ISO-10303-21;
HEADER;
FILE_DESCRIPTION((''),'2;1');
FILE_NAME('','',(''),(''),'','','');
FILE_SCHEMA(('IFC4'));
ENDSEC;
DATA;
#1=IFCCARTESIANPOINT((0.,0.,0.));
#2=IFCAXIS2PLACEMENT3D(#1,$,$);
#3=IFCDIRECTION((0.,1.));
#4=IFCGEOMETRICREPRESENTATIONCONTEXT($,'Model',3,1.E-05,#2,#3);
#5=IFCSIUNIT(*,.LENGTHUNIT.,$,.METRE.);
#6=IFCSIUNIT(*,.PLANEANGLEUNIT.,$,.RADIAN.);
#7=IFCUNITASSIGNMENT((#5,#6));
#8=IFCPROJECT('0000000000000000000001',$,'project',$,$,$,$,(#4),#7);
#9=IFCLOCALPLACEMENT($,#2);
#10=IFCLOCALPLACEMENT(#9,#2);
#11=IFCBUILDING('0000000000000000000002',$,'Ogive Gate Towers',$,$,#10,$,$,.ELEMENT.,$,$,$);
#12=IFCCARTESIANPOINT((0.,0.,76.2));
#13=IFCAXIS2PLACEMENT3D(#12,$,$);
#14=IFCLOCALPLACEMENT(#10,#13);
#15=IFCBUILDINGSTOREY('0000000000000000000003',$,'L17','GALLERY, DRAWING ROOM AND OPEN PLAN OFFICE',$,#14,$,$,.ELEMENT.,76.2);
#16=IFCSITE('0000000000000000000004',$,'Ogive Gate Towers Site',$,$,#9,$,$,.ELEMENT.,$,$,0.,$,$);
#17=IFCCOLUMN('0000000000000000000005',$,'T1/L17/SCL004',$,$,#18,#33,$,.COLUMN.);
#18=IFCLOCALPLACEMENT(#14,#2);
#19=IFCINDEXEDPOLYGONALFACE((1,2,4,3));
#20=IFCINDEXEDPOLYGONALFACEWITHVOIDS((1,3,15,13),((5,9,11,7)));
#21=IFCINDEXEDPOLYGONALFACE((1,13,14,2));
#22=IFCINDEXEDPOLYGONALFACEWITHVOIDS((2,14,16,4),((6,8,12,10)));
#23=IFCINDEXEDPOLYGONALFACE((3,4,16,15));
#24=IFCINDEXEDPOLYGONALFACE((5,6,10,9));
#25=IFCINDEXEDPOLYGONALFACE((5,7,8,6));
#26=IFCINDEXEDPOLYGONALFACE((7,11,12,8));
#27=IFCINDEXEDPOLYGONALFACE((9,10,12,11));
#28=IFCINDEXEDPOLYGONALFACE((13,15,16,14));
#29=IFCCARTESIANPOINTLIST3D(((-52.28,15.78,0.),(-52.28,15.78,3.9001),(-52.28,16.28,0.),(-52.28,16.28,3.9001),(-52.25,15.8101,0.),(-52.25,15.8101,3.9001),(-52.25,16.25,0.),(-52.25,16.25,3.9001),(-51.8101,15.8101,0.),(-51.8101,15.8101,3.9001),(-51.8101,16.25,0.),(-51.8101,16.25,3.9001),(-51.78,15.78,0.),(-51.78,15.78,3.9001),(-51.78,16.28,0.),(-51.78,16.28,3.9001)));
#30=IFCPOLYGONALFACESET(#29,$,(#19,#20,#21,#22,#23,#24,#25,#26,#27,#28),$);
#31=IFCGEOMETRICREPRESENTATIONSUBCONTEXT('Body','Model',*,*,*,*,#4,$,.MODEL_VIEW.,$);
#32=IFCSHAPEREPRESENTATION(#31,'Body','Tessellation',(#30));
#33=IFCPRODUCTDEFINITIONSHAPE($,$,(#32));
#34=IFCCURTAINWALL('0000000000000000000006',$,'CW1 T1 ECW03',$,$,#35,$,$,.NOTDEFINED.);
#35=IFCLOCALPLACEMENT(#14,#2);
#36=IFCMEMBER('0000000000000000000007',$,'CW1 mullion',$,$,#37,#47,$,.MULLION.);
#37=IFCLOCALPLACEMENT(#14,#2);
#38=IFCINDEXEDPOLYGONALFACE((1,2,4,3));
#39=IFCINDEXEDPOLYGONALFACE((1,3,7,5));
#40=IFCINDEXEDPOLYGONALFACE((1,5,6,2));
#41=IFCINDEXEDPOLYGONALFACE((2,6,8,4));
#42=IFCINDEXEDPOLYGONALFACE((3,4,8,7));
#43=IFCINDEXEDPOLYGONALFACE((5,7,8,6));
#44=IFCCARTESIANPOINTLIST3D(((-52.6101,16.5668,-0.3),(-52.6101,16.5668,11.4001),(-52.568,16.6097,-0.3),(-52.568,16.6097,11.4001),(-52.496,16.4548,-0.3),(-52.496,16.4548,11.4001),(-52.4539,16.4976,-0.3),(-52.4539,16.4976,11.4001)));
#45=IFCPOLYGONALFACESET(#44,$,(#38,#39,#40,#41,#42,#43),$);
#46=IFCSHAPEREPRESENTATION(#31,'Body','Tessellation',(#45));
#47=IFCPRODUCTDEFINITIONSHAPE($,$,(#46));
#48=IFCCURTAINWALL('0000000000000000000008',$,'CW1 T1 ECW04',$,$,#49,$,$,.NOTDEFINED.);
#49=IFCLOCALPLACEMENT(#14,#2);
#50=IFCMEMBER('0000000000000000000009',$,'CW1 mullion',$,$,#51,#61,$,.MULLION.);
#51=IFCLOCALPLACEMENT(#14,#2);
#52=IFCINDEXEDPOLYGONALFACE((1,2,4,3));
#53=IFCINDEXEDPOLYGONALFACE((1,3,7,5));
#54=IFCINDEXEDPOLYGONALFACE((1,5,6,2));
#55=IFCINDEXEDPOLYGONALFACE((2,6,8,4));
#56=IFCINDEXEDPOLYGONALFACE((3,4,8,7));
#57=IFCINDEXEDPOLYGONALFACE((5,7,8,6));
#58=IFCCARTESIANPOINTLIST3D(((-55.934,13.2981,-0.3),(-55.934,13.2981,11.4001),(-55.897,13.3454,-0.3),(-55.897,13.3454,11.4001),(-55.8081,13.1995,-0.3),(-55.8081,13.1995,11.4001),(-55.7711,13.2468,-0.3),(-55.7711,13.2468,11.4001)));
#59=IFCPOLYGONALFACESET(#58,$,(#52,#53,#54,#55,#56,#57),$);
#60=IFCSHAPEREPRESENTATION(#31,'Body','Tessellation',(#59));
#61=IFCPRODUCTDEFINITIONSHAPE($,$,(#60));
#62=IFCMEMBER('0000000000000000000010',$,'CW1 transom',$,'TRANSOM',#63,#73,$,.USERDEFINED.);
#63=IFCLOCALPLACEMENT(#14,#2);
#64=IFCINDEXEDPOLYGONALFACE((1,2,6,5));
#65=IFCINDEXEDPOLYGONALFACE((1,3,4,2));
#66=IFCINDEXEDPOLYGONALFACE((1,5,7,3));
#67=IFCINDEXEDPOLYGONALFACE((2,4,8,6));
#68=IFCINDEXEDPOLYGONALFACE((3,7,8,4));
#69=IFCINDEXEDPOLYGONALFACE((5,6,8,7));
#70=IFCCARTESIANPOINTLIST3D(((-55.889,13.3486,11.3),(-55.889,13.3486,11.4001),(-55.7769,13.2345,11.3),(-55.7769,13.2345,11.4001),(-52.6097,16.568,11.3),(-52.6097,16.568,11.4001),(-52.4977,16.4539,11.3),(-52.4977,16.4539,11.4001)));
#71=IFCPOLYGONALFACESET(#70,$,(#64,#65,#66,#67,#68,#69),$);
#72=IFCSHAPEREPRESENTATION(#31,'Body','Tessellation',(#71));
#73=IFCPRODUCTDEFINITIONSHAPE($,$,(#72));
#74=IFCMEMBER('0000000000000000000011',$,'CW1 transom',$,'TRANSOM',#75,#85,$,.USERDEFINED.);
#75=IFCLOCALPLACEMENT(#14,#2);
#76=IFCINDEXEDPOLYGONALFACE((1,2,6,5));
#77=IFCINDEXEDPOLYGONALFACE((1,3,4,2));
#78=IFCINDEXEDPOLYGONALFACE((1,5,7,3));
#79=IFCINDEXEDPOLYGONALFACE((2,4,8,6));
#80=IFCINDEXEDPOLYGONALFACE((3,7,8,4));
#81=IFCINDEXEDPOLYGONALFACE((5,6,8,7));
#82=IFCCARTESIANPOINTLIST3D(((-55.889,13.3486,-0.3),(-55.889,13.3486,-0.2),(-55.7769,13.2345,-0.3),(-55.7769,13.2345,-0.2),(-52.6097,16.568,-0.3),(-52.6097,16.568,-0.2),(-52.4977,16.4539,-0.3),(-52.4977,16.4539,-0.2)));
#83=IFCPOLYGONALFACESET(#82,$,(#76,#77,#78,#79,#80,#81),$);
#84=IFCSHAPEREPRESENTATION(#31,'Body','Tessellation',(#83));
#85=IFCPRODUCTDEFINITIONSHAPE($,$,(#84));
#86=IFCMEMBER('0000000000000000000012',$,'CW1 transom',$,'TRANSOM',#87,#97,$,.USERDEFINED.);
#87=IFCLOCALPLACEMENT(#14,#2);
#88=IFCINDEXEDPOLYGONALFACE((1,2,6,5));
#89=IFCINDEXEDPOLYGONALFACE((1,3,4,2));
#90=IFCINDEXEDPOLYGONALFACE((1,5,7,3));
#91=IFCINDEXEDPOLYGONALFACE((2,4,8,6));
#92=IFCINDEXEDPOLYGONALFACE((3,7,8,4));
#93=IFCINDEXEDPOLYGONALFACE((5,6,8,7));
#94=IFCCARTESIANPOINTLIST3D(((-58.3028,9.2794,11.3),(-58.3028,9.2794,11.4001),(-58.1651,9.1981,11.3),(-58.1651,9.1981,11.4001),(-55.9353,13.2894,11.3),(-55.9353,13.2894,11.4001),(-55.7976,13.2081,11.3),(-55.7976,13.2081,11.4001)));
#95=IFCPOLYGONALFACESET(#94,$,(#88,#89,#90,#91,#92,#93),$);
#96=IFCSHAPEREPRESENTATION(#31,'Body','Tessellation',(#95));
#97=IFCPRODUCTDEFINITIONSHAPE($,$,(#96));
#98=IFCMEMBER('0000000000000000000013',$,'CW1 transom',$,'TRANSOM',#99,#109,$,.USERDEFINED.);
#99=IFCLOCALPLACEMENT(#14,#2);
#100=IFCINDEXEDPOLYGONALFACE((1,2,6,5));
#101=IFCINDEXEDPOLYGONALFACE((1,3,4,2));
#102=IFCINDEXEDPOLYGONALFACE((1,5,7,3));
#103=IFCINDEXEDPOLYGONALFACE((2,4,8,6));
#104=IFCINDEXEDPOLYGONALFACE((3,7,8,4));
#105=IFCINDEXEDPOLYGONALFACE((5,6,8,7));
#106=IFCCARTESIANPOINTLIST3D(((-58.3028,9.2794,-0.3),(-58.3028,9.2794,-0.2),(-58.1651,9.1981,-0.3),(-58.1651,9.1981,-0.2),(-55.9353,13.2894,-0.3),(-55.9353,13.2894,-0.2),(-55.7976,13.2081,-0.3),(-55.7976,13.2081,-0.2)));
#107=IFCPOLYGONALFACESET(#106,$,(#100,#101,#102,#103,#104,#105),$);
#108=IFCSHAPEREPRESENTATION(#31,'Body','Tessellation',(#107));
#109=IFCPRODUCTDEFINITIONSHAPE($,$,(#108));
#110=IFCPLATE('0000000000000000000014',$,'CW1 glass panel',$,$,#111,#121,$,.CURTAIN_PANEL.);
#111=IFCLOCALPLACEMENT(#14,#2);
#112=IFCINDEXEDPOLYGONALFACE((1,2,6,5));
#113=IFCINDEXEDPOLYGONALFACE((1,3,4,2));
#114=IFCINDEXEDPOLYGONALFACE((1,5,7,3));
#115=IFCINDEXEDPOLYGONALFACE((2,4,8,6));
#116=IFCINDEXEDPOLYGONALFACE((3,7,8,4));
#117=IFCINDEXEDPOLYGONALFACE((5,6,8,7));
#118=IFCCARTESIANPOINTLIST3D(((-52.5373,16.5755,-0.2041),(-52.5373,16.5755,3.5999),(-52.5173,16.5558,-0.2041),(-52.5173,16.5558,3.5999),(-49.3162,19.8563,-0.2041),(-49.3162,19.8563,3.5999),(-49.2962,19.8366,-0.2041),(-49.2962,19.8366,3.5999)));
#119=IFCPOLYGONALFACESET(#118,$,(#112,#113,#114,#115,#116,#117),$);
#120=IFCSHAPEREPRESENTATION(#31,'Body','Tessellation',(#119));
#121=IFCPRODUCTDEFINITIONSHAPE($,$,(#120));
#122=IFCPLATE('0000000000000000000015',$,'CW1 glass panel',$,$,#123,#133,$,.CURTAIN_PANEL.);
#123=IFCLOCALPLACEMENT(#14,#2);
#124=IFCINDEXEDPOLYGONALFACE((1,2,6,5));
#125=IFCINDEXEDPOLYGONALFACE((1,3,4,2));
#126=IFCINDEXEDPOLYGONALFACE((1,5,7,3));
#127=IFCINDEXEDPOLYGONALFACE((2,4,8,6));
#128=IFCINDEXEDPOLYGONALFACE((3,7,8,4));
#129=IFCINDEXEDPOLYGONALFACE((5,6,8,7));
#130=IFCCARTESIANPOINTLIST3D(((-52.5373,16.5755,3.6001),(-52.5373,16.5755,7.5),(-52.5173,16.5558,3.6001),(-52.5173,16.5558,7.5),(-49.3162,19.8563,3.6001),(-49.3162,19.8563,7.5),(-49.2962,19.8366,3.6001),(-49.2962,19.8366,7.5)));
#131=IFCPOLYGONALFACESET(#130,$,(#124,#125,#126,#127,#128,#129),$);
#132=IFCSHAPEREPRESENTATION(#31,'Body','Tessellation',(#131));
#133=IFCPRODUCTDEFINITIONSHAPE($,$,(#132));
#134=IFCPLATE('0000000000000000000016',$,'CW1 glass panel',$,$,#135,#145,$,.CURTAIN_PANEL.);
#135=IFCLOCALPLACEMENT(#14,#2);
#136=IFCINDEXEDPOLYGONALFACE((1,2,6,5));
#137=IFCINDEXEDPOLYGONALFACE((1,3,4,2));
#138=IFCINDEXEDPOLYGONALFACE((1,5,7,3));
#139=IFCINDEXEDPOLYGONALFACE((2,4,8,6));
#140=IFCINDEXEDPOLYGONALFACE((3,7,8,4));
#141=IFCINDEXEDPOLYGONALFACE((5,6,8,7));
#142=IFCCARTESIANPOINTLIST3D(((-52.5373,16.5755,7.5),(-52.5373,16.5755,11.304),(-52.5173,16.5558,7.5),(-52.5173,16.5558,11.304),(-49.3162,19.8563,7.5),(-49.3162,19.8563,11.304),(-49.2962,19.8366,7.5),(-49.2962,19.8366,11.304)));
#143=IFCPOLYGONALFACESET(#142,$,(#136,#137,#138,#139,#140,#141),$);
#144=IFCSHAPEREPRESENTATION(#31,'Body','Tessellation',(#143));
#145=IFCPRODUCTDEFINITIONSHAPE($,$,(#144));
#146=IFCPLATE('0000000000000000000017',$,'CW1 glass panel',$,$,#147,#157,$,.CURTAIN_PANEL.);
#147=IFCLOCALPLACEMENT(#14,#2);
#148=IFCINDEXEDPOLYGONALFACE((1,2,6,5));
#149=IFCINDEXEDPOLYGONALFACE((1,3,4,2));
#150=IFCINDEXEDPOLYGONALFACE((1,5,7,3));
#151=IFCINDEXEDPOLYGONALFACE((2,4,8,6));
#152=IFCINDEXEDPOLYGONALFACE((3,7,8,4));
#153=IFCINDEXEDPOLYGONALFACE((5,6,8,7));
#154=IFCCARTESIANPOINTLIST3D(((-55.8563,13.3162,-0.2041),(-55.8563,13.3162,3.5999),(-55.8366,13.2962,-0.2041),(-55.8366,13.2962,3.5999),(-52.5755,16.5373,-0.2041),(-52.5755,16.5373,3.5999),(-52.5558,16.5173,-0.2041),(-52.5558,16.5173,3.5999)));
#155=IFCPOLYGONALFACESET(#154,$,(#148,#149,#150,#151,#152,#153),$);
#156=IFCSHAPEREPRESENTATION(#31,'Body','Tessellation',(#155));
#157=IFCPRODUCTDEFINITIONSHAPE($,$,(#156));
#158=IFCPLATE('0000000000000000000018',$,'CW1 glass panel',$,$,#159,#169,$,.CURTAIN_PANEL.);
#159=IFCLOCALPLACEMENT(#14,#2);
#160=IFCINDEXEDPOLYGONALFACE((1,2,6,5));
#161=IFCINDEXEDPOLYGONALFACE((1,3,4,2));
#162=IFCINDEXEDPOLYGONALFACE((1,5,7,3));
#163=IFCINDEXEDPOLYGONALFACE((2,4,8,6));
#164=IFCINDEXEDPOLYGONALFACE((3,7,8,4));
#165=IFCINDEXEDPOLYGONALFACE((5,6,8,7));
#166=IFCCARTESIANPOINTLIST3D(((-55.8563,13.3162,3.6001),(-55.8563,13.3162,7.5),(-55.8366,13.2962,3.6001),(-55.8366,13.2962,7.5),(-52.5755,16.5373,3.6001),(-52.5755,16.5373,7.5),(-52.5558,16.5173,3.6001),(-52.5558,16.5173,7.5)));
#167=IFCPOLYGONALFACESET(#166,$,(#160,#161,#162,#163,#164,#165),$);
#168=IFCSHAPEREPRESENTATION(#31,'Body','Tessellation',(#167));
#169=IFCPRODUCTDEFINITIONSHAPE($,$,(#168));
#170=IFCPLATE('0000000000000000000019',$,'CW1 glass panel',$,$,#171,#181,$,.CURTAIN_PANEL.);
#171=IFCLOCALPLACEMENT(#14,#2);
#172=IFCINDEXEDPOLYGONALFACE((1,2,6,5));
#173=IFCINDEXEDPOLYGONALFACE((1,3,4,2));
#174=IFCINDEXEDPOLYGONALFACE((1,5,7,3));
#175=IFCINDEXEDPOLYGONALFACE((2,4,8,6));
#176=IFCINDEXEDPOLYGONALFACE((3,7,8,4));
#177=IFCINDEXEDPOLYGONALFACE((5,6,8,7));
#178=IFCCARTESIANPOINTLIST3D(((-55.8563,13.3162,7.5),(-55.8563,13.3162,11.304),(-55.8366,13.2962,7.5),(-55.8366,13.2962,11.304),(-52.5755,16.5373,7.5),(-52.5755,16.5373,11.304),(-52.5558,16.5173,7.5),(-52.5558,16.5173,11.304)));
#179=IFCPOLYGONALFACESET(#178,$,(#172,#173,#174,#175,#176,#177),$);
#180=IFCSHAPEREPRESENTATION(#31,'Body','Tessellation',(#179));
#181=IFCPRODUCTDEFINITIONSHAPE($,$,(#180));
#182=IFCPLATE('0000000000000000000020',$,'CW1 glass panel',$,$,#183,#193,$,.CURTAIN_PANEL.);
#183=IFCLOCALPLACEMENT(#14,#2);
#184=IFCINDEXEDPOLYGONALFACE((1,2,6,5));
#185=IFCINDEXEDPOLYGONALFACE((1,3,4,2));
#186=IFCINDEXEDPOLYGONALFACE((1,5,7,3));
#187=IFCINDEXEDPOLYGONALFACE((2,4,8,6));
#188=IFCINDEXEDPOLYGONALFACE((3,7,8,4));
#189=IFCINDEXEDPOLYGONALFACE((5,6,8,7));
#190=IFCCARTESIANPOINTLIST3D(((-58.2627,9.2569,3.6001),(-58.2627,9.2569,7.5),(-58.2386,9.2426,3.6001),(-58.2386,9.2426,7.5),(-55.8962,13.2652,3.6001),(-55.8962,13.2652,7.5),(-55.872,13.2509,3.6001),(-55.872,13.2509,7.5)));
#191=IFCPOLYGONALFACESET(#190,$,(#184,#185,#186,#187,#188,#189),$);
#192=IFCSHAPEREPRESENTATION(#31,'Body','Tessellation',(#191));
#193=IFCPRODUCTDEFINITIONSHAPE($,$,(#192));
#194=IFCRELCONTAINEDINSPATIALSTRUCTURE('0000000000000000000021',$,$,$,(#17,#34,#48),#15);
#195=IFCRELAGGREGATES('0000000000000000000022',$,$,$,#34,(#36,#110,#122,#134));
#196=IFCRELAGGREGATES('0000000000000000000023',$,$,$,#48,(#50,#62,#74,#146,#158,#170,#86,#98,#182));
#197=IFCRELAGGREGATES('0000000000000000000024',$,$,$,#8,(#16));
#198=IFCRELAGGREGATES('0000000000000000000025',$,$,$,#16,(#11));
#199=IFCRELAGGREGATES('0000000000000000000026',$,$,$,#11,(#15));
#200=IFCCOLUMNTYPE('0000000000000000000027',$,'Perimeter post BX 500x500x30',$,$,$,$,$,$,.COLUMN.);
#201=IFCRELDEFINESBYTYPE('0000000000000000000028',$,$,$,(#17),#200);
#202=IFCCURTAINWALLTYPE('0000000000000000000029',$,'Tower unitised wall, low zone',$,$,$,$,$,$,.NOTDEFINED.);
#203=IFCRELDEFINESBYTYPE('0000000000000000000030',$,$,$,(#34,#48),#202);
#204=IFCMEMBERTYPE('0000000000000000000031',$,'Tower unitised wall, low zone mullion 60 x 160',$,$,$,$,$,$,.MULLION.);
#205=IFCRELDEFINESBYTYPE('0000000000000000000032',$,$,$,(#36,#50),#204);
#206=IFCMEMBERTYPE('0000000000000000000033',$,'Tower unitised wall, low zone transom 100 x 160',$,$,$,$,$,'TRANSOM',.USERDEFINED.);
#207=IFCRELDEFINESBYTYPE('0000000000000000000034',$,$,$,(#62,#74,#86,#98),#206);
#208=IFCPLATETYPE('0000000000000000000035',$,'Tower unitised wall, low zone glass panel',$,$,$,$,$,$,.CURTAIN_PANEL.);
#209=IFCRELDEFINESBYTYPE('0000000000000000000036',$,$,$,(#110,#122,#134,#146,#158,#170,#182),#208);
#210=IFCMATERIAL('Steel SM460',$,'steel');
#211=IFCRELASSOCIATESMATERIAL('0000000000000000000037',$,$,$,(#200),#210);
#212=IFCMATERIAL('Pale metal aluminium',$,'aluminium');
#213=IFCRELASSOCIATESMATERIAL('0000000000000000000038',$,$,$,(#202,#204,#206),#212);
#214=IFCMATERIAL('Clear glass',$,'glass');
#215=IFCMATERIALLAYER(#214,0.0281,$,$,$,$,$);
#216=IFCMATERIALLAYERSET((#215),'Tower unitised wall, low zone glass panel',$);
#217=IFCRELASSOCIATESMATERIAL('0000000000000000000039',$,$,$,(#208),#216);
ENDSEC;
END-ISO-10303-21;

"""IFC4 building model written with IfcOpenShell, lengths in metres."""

from ifc_helpers import new_model, si_unit, direction, frame, origin, origin_2d, place, context, subcontext, project, spatial, rectangle, hollow_rectangle, extrude, material, layer, layer_set, material_profile, profile_set, type_object, element, aggregate, save


model = new_model("IFC4")

# Units and contexts
model_context = context("Model", 3, precision=1e-05, world=origin(), true_north=direction((0.0, 1.0)))
body_context = subcontext(model_context, "Body", "Model", "MODEL_VIEW")
ifc_project = project(units=[si_unit("LENGTHUNIT", "METRE"), si_unit("PLANEANGLEUNIT", "RADIAN")], contexts=[model_context])

# Site, building, storey
site_placement = place(None, origin())
site = spatial("IfcSite", under=ifc_project, at=site_placement, Name="Ogive Gate Towers Site", CompositionType="ELEMENT", RefElevation=0.0)
building_placement = place(site_placement, origin())
building = spatial("IfcBuilding", under=site, at=building_placement, Name="Ogive Gate Towers", CompositionType="ELEMENT")
storey_placement = place(building_placement, frame((0.0, 0.0, 76.2)))
storey = spatial("IfcBuildingStorey", under=building, at=storey_placement, Name="L17", Description="GALLERY, DRAWING ROOM AND OPEN PLAN OFFICE", CompositionType="ELEMENT", Elevation=76.2)

# Column
ifc_material_1 = material(Name="Steel SM460", Category="steel")
ifc_material_profile_1 = material_profile(ifc_material_1, hollow_rectangle(XDim=0.5, YDim=0.5, WallThickness=0.03, at=origin_2d()), Name="BX 500x500x30")
ifc_profile_set_1 = profile_set([ifc_material_profile_1], Name="Steel SM460")
column_type = type_object("IfcColumnType", Name="Perimeter post BX 500x500x30", PredefinedType="COLUMN", material=ifc_profile_set_1)
column_placement = place(storey_placement, frame((-52.03, 16.03, 0.0), z_axis=(0.0, 0.0, 1.0), x_axis=(1.0, 0.0, 0.0)))
element("IfcColumn", 1, at=column_placement, inside=storey, type_object=column_type, Name="T1/L17/SCL004", PredefinedType="COLUMN", context=body_context, shape_type="SweptSolid", body=[
    extrude(hollow_rectangle(XDim=0.5, YDim=0.5, WallThickness=0.03, at=origin_2d()), origin(), (0.0, 0.0, 1.0), 3.9001),
])

# Curtain wall, member
ifc_material_2 = material(Name="Pale metal aluminium", Category="aluminium")
curtain_wall_type = type_object("IfcCurtainWallType", Name="Tower unitised wall, low zone", PredefinedType="NOTDEFINED", material=ifc_material_2)
curtain_wall_1_placement = place(storey_placement, origin())
curtain_wall_1 = element("IfcCurtainWall", 2, at=curtain_wall_1_placement, inside=storey, type_object=curtain_wall_type, Name="CW1 T1 ECW03", PredefinedType="NOTDEFINED")
ifc_material_profile_2 = material_profile(ifc_material_2, rectangle(XDim=0.1599, YDim=0.0601, at=origin_2d()), Name="60 x 160 aluminium box")
ifc_profile_set_2 = profile_set([ifc_material_profile_2], Name="Pale metal aluminium")
member_type_1 = type_object("IfcMemberType", Name="Tower unitised wall, low zone mullion 60 x 160", PredefinedType="MULLION", material=ifc_profile_set_2)
member_1_placement = place(storey_placement, frame((-52.532, 16.5322, -0.3), z_axis=(0.0, 0.0, 1.0), x_axis=(-0.713568, 0.700586, 0.0)))
member_1 = element("IfcMember", 3, at=member_1_placement, type_object=member_type_1, Name="CW1 mullion", PredefinedType="MULLION", context=body_context, shape_type="SweptSolid", body=[
    extrude(rectangle(XDim=0.1599, YDim=0.0601, at=origin_2d()), origin(), (0.0, 0.0, 1.0), 11.7002),
])

# Curtain wall, members
curtain_wall_2_placement = place(storey_placement, origin())
curtain_wall_2 = element("IfcCurtainWall", 4, at=curtain_wall_2_placement, inside=storey, type_object=curtain_wall_type, Name="CW1 T1 ECW04", PredefinedType="NOTDEFINED")
member_2_placement = place(storey_placement, frame((-55.8525, 13.2725, -0.3), z_axis=(0.0, 0.0, 1.0), x_axis=(-0.787559, 0.616239, 0.0)))
member_2 = element("IfcMember", 5, at=member_2_placement, type_object=member_type_1, Name="CW1 mullion", PredefinedType="MULLION", context=body_context, shape_type="SweptSolid", body=[
    extrude(rectangle(XDim=0.1599, YDim=0.0601, at=origin_2d()), origin(), (0.0, 0.0, 1.0), 11.7002),
])
ifc_material_profile_3 = material_profile(ifc_material_2, rectangle(XDim=0.1599, YDim=0.1001, at=origin_2d()), Name="100 x 160 aluminium box")
ifc_profile_set_3 = profile_set([ifc_material_profile_3], Name="Pale metal aluminium")
member_type_2 = type_object("IfcMemberType", Name="Tower unitised wall, low zone transom 100 x 160", ElementType="TRANSOM", PredefinedType="USERDEFINED", material=ifc_profile_set_3)
member_3_placement = place(storey_placement, frame((-52.5537, 16.511, 11.3501), z_axis=(-0.713585, -0.700569, 0.0), x_axis=(0.700569, -0.713585, 0.0)))
member_3 = element("IfcMember", 6, at=member_3_placement, type_object=member_type_2, Name="CW1 transom", ObjectType="TRANSOM", PredefinedType="USERDEFINED", context=body_context, shape_type="SweptSolid", body=[
    extrude(rectangle(XDim=0.1599, YDim=0.1001, at=origin_2d()), origin(), (0.0, 0.0, 1.0), 4.5955),
])
member_4_placement = place(storey_placement, frame((-52.5537, 16.511, -0.25), z_axis=(-0.713585, -0.700569, 0.0), x_axis=(0.700569, -0.713585, 0.0)))
member_4 = element("IfcMember", 7, at=member_4_placement, type_object=member_type_2, Name="CW1 transom", ObjectType="TRANSOM", PredefinedType="USERDEFINED", context=body_context, shape_type="SweptSolid", body=[
    extrude(rectangle(XDim=0.1599, YDim=0.1001, at=origin_2d()), origin(), (0.0, 0.0, 1.0), 4.5955),
])
member_5_placement = place(storey_placement, frame((-55.8665, 13.2488, 11.3501), z_axis=(-0.508392, -0.861126, 0.0), x_axis=(0.861126, -0.508392, 0.0)))
member_5 = element("IfcMember", 8, at=member_5_placement, type_object=member_type_2, Name="CW1 transom", ObjectType="TRANSOM", PredefinedType="USERDEFINED", context=body_context, shape_type="SweptSolid", body=[
    extrude(rectangle(XDim=0.1599, YDim=0.1001, at=origin_2d()), origin(), (0.0, 0.0, 1.0), 4.6567),
])
member_6_placement = place(storey_placement, frame((-55.8665, 13.2488, -0.25), z_axis=(-0.508392, -0.861126, 0.0), x_axis=(0.861126, -0.508392, 0.0)))
member_6 = element("IfcMember", 9, at=member_6_placement, type_object=member_type_2, Name="CW1 transom", ObjectType="TRANSOM", PredefinedType="USERDEFINED", context=body_context, shape_type="SweptSolid", body=[
    extrude(rectangle(XDim=0.1599, YDim=0.1001, at=origin_2d()), origin(), (0.0, 0.0, 1.0), 4.6567),
])

# Plates
ifc_material_3 = material(Name="Clear glass", Category="glass")
ifc_layer_1 = layer(ifc_material_3, 0.0281)
ifc_layer_set_1 = layer_set([ifc_layer_1], Name="Tower unitised wall, low zone glass panel")
plate_type = type_object("IfcPlateType", Name="Tower unitised wall, low zone glass panel", PredefinedType="CURTAIN_PANEL", material=ifc_layer_set_1)
plate_1_placement = place(storey_placement, frame((-50.9167, 18.2061, -0.2041), z_axis=(0.0, 0.0, 1.0), x_axis=(-0.700586, -0.713568, 0.0)))
plate_1 = element("IfcPlate", 10, at=plate_1_placement, type_object=plate_type, Name="CW1 glass panel", PredefinedType="CURTAIN_PANEL", context=body_context, shape_type="SweptSolid", body=[
    extrude(rectangle(XDim=4.5977, YDim=0.0281, at=origin_2d()), origin(), (0.0, 0.0, 1.0), 3.804),
])
plate_2_placement = place(storey_placement, frame((-50.9167, 18.2061, 3.6001), z_axis=(0.0, 0.0, 1.0), x_axis=(-0.700586, -0.713568, 0.0)))
plate_2 = element("IfcPlate", 11, at=plate_2_placement, type_object=plate_type, Name="CW1 glass panel", PredefinedType="CURTAIN_PANEL", context=body_context, shape_type="SweptSolid", body=[
    extrude(rectangle(XDim=4.5977, YDim=0.0281, at=origin_2d()), origin(), (0.0, 0.0, 1.0), 3.8999),
])
plate_3_placement = place(storey_placement, frame((-50.9167, 18.2061, 7.5), z_axis=(0.0, 0.0, 1.0), x_axis=(-0.700586, -0.713568, 0.0)))
plate_3 = element("IfcPlate", 12, at=plate_3_placement, type_object=plate_type, Name="CW1 glass panel", PredefinedType="CURTAIN_PANEL", context=body_context, shape_type="SweptSolid", body=[
    extrude(rectangle(XDim=4.5977, YDim=0.0281, at=origin_2d()), origin(), (0.0, 0.0, 1.0), 3.804),
])
aggregate(curtain_wall_1, [member_1, plate_1, plate_2, plate_3])
plate_4_placement = place(storey_placement, frame((-54.2061, 14.9167, -0.2041), z_axis=(0.0, 0.0, 1.0), x_axis=(-0.713568, -0.700586, 0.0)))
plate_4 = element("IfcPlate", 13, at=plate_4_placement, type_object=plate_type, Name="CW1 glass panel", PredefinedType="CURTAIN_PANEL", context=body_context, shape_type="SweptSolid", body=[
    extrude(rectangle(XDim=4.5977, YDim=0.0281, at=origin_2d()), origin(), (0.0, 0.0, 1.0), 3.804),
])
plate_5_placement = place(storey_placement, frame((-54.2061, 14.9167, 3.6001), z_axis=(0.0, 0.0, 1.0), x_axis=(-0.713568, -0.700586, 0.0)))
plate_5 = element("IfcPlate", 14, at=plate_5_placement, type_object=plate_type, Name="CW1 glass panel", PredefinedType="CURTAIN_PANEL", context=body_context, shape_type="SweptSolid", body=[
    extrude(rectangle(XDim=4.5977, YDim=0.0281, at=origin_2d()), origin(), (0.0, 0.0, 1.0), 3.8999),
])
plate_6_placement = place(storey_placement, frame((-54.2061, 14.9167, 7.5), z_axis=(0.0, 0.0, 1.0), x_axis=(-0.713568, -0.700586, 0.0)))
plate_6 = element("IfcPlate", 15, at=plate_6_placement, type_object=plate_type, Name="CW1 glass panel", PredefinedType="CURTAIN_PANEL", context=body_context, shape_type="SweptSolid", body=[
    extrude(rectangle(XDim=4.5977, YDim=0.0281, at=origin_2d()), origin(), (0.0, 0.0, 1.0), 3.804),
])
plate_7_placement = place(storey_placement, frame((-57.0674, 11.2539, 3.6001), z_axis=(0.0, 0.0, 1.0), x_axis=(-0.50841, -0.861115, 0.0)))
plate_7 = element("IfcPlate", 16, at=plate_7_placement, type_object=plate_type, Name="CW1 glass panel", PredefinedType="CURTAIN_PANEL", context=body_context, shape_type="SweptSolid", body=[
    extrude(rectangle(XDim=4.6548, YDim=0.0281, at=origin_2d()), origin(), (0.0, 0.0, 1.0), 3.8999),
])
aggregate(curtain_wall_2, [member_2, member_3, member_4, plate_4, plate_5, plate_6, member_5, member_6, plate_7])

save(model, "model.ifc")
